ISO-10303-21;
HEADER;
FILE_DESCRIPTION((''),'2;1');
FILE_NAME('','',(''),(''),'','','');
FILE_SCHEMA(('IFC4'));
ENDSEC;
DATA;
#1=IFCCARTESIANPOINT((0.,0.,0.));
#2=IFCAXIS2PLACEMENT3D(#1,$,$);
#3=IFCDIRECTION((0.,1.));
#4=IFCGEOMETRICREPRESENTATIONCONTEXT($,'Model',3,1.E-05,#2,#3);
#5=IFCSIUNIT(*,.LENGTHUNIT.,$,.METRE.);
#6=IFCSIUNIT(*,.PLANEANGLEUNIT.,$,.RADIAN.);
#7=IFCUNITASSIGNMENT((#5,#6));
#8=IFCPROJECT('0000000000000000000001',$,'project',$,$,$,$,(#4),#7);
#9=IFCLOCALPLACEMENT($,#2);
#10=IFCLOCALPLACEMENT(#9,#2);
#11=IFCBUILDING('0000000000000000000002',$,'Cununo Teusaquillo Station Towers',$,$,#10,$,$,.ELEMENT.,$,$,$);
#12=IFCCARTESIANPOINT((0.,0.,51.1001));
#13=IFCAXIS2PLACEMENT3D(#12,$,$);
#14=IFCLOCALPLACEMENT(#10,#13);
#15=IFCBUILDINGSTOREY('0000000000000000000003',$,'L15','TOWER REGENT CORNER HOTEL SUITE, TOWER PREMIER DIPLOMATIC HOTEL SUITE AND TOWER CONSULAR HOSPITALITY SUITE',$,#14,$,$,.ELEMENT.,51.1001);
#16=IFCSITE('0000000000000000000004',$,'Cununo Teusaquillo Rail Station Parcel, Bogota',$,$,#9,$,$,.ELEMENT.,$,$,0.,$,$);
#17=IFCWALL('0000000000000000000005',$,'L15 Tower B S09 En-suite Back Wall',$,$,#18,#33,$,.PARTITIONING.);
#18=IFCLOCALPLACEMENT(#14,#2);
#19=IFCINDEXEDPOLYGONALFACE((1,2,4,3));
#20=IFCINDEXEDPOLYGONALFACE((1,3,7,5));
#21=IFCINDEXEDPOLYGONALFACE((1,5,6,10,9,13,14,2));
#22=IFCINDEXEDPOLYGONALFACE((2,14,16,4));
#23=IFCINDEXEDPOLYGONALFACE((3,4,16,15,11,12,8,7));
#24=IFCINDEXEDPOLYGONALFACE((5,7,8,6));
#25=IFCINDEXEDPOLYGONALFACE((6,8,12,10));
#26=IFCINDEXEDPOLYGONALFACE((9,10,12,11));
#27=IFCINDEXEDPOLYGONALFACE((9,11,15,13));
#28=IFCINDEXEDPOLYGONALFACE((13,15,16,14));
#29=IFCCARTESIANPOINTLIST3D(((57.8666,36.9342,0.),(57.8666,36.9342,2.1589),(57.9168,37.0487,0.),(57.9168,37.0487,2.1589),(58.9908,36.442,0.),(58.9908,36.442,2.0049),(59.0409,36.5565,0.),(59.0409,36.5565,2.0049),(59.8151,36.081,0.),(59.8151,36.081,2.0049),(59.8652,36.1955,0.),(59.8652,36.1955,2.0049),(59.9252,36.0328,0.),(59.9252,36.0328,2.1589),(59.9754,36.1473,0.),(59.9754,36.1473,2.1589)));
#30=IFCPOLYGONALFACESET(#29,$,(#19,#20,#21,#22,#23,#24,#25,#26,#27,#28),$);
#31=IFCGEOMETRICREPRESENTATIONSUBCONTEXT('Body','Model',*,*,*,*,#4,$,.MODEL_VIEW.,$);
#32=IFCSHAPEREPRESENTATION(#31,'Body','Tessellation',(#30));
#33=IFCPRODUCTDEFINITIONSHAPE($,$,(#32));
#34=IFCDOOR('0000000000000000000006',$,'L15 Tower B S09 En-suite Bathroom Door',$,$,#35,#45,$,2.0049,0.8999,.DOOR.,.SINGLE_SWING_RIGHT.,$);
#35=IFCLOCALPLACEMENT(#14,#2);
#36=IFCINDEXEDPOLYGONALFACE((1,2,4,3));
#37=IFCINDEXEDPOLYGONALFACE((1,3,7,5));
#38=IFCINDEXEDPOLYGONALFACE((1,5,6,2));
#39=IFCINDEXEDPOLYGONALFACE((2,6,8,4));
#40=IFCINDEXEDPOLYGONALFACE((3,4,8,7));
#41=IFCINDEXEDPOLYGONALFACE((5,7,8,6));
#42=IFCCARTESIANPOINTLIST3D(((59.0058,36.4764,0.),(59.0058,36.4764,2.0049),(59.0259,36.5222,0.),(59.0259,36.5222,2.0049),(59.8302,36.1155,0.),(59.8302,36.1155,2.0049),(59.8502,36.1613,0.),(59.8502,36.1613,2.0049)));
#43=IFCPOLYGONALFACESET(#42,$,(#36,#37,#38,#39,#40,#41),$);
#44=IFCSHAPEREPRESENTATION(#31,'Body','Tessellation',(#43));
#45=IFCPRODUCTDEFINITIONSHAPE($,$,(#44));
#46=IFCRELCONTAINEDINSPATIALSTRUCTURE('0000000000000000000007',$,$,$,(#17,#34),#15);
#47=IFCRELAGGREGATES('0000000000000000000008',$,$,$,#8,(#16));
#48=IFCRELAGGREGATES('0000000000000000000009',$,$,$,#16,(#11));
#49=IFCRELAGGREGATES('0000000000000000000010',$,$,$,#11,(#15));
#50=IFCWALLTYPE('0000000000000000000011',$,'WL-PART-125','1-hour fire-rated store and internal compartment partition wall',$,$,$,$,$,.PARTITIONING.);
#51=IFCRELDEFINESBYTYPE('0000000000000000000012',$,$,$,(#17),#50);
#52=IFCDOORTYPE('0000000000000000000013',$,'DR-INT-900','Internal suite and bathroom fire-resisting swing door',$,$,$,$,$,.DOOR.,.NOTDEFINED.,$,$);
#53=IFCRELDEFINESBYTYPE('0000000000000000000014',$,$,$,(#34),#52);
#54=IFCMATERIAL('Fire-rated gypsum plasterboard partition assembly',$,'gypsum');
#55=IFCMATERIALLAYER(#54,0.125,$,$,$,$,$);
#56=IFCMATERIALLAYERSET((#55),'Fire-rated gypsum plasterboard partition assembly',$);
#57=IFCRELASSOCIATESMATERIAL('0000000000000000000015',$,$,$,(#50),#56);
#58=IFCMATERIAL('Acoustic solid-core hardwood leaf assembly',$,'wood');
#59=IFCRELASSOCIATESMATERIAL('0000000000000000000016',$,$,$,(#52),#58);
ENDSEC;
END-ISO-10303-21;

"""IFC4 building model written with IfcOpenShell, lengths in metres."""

from ifc_helpers import new_model, si_unit, direction, frame, frame_2d, origin, place, context, subcontext, project, spatial, rectangle, extrude, source, transform, mapped, material, layer, layer_set, type_object, element, fill, save


model = new_model("IFC4")

# Units and contexts
model_context = context("Model", 3, precision=1e-05, world=origin(), true_north=direction((0.0, 1.0)))
body_context = subcontext(model_context, "Body", "Model", "MODEL_VIEW")
ifc_project = project(units=[si_unit("LENGTHUNIT", "METRE"), si_unit("PLANEANGLEUNIT", "RADIAN")], contexts=[model_context])

# Site, building, storey
site_placement = place(None, origin())
site = spatial("IfcSite", under=ifc_project, at=site_placement, Name="Cununo Teusaquillo Rail Station Parcel, Bogota", CompositionType="ELEMENT", RefElevation=0.0)
building_placement = place(site_placement, origin())
building = spatial("IfcBuilding", under=site, at=building_placement, Name="Cununo Teusaquillo Station Towers", CompositionType="ELEMENT")
storey_placement = place(building_placement, frame((0.0, 0.0, 51.1001)))
storey = spatial("IfcBuildingStorey", under=building, at=storey_placement, Name="L15", Description="TOWER REGENT CORNER HOTEL SUITE, TOWER PREMIER DIPLOMATIC HOTEL SUITE AND TOWER CONSULAR HOSPITALITY SUITE", CompositionType="ELEMENT", Elevation=51.1001)

# Wall, opening, door
ifc_material_1 = material(Name="Fire-rated gypsum plasterboard partition assembly", Category="gypsum")
ifc_layer_1 = layer(ifc_material_1, 0.125)
ifc_layer_set_1 = layer_set([ifc_layer_1], Name="Fire-rated gypsum plasterboard partition assembly")
wall_type_1 = type_object("IfcWallType", Name="WL-PART-125", Description="1-hour fire-rated store and internal compartment partition wall", PredefinedType="PARTITIONING", material=ifc_layer_set_1)
wall_1_placement = place(storey_placement, frame((59.9502, 36.0901, 0.0), z_axis=(0.0, 0.0, 1.0), x_axis=(-0.916038, 0.401092, 0.0)))
wall_1 = element("IfcWall", 1, at=wall_1_placement, inside=storey, type_object=wall_type_1, Name="L15 Tower B S09 En-suite Back Wall", PredefinedType="PARTITIONING", context=body_context, shape_type="SweptSolid", body=[
    extrude(rectangle(XDim=2.2473, YDim=0.125, at=frame_2d((1.1235, 0.0))), origin(), (0.0, 0.0, 1.0), 2.1589),
])
shared_shape_1 = source(origin(), body_context, "Body", "SweptSolid", [
    extrude(rectangle(XDim=0.8999, YDim=2.0049, at=frame_2d((0.45, 1.0024))), frame((0.0, 0.0725, 0.0), z_axis=(0.0, -1.0, 0.0), x_axis=(1.0, 0.0, 0.0)), (0.0, 0.0, 1.0), 0.145),
])
opening_placement = place(wall_1_placement, frame((0.1201, 0.0, 0.0)))
opening = element("IfcOpeningElement", 2, at=opening_placement, cuts=wall_1, PredefinedType="OPENING", context=body_context, shape_type="MappedRepresentation", body=[
    mapped(shared_shape_1, transform((0.0, 0.0, 0.0), x_axis=(1.0, 0.0, 0.0), y_axis=(0.0, 1.0, 0.0), z_axis=(0.0, 0.0, 1.0), scale=1.0)),
])
ifc_material_2 = material(Name="Acoustic solid-core hardwood leaf assembly", Category="wood")
door_type = type_object("IfcDoorType", Name="DR-INT-900", Description="Internal suite and bathroom fire-resisting swing door", OperationType="NOTDEFINED", PredefinedType="DOOR", material=ifc_material_2)
shared_shape_2 = source(origin(), body_context, "Body", "SweptSolid", [
    extrude(rectangle(XDim=0.8999, YDim=2.0049, at=frame_2d((0.45, 1.0024))), frame((0.0, 0.0249, 0.0), z_axis=(0.0, -1.0, 0.0), x_axis=(1.0, 0.0, 0.0)), (0.0, 0.0, 1.0), 0.05),
])
door_placement = place(opening_placement, origin())
door = element("IfcDoor", 3, at=door_placement, inside=storey, type_object=door_type, Name="L15 Tower B S09 En-suite Bathroom Door", OperationType="SINGLE_SWING_RIGHT", OverallHeight=2.0049, OverallWidth=0.8999, PredefinedType="DOOR", context=body_context, shape_type="MappedRepresentation", body=[
    mapped(shared_shape_2, transform((0.0, 0.0, 0.0), x_axis=(1.0, 0.0, 0.0), y_axis=(0.0, 1.0, 0.0), z_axis=(0.0, 0.0, 1.0), scale=1.0)),
])
fill(opening, door)

save(model, "model.ifc")
